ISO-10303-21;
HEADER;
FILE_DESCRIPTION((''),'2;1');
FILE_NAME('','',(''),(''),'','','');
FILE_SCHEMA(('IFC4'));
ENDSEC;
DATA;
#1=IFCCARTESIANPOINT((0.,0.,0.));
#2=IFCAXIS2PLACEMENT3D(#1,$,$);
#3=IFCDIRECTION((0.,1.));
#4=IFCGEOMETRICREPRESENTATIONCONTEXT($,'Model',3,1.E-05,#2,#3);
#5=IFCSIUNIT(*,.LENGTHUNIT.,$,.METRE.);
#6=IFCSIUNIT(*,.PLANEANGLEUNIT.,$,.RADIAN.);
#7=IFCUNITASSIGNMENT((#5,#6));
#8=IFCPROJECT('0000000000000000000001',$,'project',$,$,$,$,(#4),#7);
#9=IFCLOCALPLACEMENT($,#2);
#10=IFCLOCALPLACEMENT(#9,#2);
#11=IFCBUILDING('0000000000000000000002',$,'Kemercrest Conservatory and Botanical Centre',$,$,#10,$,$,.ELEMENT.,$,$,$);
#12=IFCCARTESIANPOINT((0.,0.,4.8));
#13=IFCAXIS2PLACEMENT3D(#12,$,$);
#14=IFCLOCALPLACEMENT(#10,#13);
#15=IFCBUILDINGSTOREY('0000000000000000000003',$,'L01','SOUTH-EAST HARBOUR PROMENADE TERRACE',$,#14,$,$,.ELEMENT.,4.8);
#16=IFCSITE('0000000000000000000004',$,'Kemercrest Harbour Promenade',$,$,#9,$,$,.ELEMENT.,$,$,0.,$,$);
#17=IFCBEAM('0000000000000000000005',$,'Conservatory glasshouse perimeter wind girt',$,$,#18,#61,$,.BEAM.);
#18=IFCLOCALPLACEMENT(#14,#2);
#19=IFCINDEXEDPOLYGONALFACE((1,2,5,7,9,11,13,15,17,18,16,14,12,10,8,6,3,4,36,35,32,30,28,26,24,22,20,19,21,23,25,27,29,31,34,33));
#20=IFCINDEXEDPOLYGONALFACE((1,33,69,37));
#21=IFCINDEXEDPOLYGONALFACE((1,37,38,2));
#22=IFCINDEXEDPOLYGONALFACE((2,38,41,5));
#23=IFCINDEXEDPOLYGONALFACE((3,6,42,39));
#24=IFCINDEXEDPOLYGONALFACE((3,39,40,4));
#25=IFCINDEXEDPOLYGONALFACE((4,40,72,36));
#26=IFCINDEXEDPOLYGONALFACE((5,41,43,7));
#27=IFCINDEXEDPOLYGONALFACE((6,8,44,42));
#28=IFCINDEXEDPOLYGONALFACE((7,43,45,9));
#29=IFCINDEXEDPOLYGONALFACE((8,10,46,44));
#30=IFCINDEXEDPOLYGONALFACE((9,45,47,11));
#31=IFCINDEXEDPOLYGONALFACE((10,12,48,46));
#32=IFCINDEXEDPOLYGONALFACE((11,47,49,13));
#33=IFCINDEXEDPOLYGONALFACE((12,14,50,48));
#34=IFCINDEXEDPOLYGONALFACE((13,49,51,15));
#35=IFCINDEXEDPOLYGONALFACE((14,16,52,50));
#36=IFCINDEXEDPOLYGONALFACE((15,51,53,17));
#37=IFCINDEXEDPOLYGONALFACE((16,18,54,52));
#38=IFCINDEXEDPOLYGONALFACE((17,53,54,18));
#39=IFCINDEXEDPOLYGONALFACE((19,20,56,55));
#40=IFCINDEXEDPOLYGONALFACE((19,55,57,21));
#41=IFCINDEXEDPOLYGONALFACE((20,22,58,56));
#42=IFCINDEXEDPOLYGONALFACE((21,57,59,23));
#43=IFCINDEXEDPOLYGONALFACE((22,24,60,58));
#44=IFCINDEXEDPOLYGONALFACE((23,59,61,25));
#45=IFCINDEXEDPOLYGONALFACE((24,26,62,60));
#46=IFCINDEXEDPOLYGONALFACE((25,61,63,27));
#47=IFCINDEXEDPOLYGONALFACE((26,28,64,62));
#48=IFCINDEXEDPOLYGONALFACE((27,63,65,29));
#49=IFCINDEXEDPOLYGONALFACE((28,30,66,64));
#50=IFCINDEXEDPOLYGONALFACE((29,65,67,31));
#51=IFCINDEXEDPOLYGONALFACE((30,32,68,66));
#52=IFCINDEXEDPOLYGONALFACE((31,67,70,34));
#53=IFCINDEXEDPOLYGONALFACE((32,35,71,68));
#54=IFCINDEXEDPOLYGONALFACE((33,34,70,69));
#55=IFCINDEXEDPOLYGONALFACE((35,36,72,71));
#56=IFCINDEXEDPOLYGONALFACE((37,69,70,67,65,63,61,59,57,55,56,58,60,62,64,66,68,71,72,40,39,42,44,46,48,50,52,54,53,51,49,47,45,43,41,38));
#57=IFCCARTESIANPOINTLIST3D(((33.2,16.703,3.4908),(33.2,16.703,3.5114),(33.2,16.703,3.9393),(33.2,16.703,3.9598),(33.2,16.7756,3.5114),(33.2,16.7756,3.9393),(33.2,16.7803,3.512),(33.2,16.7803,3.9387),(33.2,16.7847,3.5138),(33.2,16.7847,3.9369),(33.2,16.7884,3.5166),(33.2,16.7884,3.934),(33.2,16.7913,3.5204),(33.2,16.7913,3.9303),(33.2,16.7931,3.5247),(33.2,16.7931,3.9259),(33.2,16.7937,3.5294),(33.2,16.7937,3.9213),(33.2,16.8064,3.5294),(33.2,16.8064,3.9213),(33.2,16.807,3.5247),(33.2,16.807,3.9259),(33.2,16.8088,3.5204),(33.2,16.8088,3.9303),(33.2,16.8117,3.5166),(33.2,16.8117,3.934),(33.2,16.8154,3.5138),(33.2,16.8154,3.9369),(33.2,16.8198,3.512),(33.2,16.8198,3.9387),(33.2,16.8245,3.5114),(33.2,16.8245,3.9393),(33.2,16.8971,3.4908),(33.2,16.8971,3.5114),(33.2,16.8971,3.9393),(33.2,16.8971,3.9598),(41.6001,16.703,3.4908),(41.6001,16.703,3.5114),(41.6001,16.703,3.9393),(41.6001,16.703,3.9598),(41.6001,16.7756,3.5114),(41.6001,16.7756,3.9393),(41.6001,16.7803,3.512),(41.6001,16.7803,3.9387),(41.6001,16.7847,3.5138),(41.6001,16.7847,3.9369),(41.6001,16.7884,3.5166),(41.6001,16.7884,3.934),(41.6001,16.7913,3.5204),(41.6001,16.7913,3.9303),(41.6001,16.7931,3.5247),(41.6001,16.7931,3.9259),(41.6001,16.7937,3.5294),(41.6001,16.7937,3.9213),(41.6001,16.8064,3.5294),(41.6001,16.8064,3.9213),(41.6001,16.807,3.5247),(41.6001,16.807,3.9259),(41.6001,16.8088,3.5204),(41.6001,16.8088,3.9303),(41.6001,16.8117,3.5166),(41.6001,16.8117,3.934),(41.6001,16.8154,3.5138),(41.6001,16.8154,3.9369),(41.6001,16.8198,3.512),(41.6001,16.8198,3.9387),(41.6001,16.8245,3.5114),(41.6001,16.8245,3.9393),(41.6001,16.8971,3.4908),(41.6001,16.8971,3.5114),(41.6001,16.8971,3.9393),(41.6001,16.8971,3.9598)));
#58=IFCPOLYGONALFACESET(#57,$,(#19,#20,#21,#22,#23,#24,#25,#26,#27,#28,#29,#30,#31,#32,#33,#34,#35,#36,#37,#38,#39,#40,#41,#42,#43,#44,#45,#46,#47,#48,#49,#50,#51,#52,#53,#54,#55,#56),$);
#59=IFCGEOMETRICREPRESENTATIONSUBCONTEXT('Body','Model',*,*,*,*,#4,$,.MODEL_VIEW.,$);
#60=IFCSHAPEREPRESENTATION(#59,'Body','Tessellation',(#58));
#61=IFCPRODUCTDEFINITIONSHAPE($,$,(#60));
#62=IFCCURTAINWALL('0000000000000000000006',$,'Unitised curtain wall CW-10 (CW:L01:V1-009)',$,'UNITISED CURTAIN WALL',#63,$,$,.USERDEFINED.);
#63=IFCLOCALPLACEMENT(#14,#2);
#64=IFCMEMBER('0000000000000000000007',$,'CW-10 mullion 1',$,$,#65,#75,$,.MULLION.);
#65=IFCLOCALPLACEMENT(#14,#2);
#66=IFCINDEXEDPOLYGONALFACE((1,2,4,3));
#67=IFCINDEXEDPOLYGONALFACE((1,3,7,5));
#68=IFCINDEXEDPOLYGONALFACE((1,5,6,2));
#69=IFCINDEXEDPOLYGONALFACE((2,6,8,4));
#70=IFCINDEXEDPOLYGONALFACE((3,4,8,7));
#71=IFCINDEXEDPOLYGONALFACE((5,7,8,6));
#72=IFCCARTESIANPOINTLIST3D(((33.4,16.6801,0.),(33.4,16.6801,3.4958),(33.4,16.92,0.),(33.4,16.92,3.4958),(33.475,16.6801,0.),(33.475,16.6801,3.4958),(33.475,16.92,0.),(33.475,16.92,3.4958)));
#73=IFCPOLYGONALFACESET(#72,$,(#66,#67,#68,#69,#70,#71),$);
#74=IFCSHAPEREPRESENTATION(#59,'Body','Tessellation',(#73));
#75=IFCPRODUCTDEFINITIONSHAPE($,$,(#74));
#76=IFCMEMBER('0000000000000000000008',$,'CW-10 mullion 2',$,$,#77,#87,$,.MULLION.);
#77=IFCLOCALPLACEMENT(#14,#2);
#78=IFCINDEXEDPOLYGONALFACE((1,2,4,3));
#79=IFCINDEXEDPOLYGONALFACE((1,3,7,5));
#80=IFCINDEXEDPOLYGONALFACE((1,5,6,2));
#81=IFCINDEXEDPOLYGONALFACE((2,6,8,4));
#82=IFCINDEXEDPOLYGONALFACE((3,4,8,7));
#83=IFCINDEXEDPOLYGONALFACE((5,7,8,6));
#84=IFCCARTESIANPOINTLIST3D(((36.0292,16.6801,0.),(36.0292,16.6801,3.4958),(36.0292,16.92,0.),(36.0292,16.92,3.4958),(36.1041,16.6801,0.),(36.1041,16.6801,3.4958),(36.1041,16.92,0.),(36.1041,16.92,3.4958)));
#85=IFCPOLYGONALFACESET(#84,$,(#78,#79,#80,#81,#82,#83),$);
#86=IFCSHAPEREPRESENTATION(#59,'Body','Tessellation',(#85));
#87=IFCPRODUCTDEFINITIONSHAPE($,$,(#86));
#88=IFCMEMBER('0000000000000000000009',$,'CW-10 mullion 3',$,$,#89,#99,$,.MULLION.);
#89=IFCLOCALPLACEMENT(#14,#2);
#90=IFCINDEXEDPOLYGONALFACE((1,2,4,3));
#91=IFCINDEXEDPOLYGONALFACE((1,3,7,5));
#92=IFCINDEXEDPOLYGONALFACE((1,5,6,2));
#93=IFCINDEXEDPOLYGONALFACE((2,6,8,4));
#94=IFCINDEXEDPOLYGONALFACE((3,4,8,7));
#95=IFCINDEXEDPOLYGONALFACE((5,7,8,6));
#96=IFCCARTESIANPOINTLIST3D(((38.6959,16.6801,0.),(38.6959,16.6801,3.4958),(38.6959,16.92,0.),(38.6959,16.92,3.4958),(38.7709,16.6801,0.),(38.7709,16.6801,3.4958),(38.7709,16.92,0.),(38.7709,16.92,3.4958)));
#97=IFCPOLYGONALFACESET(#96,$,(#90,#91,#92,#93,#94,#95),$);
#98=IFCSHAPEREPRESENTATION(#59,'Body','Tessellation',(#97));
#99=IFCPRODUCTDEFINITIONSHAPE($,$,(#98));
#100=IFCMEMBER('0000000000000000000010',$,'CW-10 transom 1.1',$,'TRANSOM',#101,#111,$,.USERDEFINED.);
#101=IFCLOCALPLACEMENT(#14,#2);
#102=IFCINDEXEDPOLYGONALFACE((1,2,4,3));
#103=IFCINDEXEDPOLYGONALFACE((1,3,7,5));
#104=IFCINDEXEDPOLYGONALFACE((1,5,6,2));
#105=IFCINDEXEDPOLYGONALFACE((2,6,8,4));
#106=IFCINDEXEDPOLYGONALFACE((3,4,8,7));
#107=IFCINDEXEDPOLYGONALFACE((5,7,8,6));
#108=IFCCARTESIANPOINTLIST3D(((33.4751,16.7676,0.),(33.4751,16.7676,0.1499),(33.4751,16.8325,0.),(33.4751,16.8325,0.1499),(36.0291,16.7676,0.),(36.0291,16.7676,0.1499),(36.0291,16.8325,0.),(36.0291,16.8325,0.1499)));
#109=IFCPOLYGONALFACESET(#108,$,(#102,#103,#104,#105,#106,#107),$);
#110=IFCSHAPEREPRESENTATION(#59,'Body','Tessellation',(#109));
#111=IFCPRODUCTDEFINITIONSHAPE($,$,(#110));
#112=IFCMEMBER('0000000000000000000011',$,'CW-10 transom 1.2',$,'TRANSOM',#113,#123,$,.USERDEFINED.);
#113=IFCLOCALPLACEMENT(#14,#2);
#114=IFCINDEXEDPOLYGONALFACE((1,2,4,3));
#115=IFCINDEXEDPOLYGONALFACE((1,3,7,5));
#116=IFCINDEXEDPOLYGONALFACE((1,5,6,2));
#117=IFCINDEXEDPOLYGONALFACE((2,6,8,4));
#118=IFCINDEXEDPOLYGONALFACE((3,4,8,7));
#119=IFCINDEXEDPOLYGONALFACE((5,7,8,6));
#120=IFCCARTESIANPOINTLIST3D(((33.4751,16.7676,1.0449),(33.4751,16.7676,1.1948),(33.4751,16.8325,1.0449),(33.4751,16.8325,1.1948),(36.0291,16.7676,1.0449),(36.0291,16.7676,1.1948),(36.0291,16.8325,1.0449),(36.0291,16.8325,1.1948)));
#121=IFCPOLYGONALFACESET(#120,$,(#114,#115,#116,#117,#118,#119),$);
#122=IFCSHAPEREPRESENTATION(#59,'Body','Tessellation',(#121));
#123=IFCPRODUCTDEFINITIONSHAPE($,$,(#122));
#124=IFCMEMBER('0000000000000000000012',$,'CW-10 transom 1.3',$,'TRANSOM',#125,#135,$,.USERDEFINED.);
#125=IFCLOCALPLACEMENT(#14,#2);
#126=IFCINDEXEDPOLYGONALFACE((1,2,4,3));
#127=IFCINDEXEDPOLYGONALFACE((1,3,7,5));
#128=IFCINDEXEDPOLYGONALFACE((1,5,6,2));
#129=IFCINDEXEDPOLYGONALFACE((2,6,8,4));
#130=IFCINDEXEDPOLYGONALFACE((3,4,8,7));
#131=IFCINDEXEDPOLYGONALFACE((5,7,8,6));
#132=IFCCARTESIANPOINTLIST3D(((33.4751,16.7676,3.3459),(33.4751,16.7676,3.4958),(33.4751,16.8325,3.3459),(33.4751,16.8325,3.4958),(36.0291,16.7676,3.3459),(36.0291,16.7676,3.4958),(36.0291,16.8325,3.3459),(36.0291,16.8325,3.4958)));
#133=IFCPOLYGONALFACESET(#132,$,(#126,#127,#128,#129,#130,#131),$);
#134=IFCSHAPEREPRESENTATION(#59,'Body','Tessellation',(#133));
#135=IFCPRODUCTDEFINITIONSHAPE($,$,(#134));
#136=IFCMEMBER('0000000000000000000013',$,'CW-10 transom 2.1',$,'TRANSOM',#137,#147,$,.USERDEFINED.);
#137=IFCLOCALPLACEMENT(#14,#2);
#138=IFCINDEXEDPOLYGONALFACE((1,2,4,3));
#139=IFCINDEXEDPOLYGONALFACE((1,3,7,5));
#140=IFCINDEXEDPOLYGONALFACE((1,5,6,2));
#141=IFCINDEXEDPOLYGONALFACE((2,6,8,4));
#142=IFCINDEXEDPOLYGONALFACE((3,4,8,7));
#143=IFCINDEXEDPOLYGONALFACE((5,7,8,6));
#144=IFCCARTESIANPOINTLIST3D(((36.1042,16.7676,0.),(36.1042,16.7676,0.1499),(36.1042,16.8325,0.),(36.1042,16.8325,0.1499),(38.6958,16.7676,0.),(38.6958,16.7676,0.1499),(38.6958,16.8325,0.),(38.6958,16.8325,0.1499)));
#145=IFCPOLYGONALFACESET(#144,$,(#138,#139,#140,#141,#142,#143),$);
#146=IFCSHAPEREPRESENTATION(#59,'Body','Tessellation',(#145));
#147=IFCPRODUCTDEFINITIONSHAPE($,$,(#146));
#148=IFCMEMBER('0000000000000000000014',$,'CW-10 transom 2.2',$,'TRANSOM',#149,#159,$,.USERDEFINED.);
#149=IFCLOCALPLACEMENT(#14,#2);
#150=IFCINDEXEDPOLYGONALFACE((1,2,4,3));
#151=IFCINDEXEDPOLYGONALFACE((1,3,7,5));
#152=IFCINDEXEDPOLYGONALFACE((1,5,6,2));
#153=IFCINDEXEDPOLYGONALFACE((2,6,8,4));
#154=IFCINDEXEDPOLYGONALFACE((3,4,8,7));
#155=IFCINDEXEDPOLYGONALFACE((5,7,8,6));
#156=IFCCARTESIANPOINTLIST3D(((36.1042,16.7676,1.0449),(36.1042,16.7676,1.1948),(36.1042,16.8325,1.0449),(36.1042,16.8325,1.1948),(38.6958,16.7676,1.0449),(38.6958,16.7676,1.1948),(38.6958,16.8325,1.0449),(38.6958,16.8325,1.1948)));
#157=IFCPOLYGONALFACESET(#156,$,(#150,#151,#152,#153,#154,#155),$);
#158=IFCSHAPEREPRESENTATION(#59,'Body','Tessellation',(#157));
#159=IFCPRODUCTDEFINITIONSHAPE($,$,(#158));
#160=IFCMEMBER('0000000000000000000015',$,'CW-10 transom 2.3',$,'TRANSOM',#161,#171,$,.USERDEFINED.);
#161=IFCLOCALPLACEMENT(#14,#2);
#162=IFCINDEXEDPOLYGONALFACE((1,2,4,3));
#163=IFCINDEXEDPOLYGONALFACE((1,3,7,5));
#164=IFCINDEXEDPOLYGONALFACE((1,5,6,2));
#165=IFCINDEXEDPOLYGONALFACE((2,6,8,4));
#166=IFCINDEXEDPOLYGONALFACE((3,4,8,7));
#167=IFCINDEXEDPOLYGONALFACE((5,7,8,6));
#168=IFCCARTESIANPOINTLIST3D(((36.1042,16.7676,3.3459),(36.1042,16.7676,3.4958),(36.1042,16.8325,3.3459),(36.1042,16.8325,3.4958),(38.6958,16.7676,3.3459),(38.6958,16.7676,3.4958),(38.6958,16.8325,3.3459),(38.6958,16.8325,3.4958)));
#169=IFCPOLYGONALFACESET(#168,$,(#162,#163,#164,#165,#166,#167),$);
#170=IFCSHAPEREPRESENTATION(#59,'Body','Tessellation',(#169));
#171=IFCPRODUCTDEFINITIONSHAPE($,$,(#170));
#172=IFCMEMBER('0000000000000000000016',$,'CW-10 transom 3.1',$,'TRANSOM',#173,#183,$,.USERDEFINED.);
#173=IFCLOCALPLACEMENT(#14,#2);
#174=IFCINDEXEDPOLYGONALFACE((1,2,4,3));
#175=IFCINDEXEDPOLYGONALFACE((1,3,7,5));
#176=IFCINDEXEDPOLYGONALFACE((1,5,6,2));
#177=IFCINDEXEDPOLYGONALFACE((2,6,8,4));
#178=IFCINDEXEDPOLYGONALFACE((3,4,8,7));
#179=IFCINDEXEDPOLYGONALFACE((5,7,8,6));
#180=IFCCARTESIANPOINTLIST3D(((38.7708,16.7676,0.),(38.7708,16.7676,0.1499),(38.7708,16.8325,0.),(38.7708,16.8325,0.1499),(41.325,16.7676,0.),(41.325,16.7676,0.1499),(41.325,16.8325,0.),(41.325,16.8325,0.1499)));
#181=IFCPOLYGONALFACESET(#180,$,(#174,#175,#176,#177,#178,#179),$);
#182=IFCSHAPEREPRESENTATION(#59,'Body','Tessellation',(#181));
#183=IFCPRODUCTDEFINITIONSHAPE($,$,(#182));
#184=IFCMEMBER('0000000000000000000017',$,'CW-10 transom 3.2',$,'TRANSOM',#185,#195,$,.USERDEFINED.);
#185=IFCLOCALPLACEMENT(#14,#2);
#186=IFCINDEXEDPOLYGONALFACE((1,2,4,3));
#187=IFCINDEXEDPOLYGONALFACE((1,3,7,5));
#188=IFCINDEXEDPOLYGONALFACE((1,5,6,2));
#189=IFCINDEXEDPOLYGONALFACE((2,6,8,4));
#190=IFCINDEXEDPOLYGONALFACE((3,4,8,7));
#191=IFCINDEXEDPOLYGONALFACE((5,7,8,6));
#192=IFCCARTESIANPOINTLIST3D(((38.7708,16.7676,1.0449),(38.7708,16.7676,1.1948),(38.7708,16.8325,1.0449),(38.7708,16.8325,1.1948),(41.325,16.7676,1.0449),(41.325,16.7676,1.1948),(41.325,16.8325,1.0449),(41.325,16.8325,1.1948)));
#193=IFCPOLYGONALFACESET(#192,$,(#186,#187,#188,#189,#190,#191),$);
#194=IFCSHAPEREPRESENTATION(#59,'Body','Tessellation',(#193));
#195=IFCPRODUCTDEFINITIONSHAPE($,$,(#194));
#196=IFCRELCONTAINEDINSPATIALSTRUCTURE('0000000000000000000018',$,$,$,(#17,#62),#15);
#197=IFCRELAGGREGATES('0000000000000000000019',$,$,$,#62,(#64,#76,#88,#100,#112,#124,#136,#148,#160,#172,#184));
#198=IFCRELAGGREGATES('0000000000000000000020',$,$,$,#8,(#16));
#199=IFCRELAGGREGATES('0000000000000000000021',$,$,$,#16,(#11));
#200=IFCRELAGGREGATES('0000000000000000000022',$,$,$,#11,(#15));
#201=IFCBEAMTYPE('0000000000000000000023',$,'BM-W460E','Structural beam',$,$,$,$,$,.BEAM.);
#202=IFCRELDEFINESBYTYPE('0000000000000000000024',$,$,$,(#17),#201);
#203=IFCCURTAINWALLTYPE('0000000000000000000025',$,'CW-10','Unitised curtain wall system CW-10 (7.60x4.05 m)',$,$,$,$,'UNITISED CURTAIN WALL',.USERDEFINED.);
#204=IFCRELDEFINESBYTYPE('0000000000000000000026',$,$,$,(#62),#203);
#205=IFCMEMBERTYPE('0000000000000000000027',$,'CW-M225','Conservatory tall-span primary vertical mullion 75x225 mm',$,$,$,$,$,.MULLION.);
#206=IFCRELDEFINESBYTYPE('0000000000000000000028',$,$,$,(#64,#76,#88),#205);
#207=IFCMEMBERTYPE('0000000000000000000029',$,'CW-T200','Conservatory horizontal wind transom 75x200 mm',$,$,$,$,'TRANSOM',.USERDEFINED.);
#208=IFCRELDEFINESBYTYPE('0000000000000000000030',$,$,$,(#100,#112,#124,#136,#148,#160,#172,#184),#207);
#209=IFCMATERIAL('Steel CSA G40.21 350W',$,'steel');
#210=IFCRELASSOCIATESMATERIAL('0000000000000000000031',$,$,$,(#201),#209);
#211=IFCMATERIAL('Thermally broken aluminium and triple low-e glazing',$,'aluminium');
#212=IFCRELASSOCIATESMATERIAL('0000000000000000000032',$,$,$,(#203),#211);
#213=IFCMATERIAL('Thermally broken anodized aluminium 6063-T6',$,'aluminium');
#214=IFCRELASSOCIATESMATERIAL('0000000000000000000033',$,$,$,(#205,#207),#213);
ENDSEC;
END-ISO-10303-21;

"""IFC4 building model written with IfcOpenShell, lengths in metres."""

from ifc_helpers import new_model, si_unit, direction, frame, origin, origin_2d, place, context, subcontext, project, spatial, rectangle, i_section, extrude, material, material_profile, profile_set, type_object, element, aggregate, save


model = new_model("IFC4")

# Units and contexts
model_context = context("Model", 3, precision=1e-05, world=origin(), true_north=direction((0.0, 1.0)))
body_context = subcontext(model_context, "Body", "Model", "MODEL_VIEW")
ifc_project = project(units=[si_unit("LENGTHUNIT", "METRE"), si_unit("PLANEANGLEUNIT", "RADIAN")], contexts=[model_context])

# Site, building, storey
site_placement = place(None, origin())
site = spatial("IfcSite", under=ifc_project, at=site_placement, Name="Kemercrest Harbour Promenade", CompositionType="ELEMENT", RefElevation=0.0)
building_placement = place(site_placement, origin())
building = spatial("IfcBuilding", under=site, at=building_placement, Name="Kemercrest Conservatory and Botanical Centre", CompositionType="ELEMENT")
storey_placement = place(building_placement, frame((0.0, 0.0, 4.8)))
storey = spatial("IfcBuildingStorey", under=building, at=storey_placement, Name="L01", Description="SOUTH-EAST HARBOUR PROMENADE TERRACE", CompositionType="ELEMENT", Elevation=4.8)

# Shared definitions
ifc_material_1 = material(Name="Steel CSA G40.21 350W", Category="steel")

# Beam
ifc_material_profile_1 = material_profile(ifc_material_1, i_section(OverallWidth=0.1941, OverallDepth=0.469, WebThickness=0.0127, FlangeThickness=0.0205, FilletRadius=0.0181, at=origin_2d()), Name="W460X106")
ifc_profile_set_1 = profile_set([ifc_material_profile_1], Name="Steel CSA G40.21 350W")
beam_type = type_object("IfcBeamType", Name="BM-W460E", Description="Structural beam", PredefinedType="BEAM", material=ifc_profile_set_1)
beam_1_placement = place(storey_placement, frame((33.2, 16.8, 3.7253), z_axis=(1.0, 0.0, 0.0), x_axis=(0.0, 1.0, 0.0)))
element("IfcBeam", 1, at=beam_1_placement, inside=storey, type_object=beam_type, Name="Conservatory glasshouse perimeter wind girt", PredefinedType="BEAM", context=body_context, shape_type="SweptSolid", body=[
    extrude(i_section(OverallWidth=0.1941, OverallDepth=0.469, WebThickness=0.0127, FlangeThickness=0.0205, FilletRadius=0.0181, at=origin_2d()), origin(), (0.0, 0.0, 1.0), 8.4001),
])

# Curtain wall, members
ifc_material_2 = material(Name="Thermally broken aluminium and triple low-e glazing", Category="aluminium")
curtain_wall_type = type_object("IfcCurtainWallType", Name="CW-10", Description="Unitised curtain wall system CW-10 (7.60x4.05 m)", ElementType="UNITISED CURTAIN WALL", PredefinedType="USERDEFINED", material=ifc_material_2)
curtain_wall_placement = place(storey_placement, origin())
curtain_wall = element("IfcCurtainWall", 2, at=curtain_wall_placement, inside=storey, type_object=curtain_wall_type, Name="Unitised curtain wall CW-10 (CW:L01:V1-009)", ObjectType="UNITISED CURTAIN WALL", PredefinedType="USERDEFINED")
ifc_material_3 = material(Name="Thermally broken anodized aluminium 6063-T6", Category="aluminium")
ifc_material_profile_2 = material_profile(ifc_material_3, rectangle(XDim=0.24, YDim=0.075, at=origin_2d()), Name="AL MULLION 75x240")
ifc_profile_set_2 = profile_set([ifc_material_profile_2], Name="Thermally broken anodized aluminium 6063-T6")
member_type_1 = type_object("IfcMemberType", Name="CW-M225", Description="Conservatory tall-span primary vertical mullion 75x225 mm", PredefinedType="MULLION", material=ifc_profile_set_2)
member_1_placement = place(storey_placement, frame((33.4375, 16.8, 0.0), z_axis=(0.0, 0.0, 1.0), x_axis=(0.0, 1.0, 0.0)))
member_1 = element("IfcMember", 3, at=member_1_placement, type_object=member_type_1, Name="CW-10 mullion 1", PredefinedType="MULLION", context=body_context, shape_type="SweptSolid", body=[
    extrude(rectangle(XDim=0.24, YDim=0.075, at=origin_2d()), origin(), (0.0, 0.0, 1.0), 3.4958),
])
member_2_placement = place(storey_placement, frame((36.0667, 16.8, 0.0), z_axis=(0.0, 0.0, 1.0), x_axis=(0.0, 1.0, 0.0)))
member_2 = element("IfcMember", 4, at=member_2_placement, type_object=member_type_1, Name="CW-10 mullion 2", PredefinedType="MULLION", context=body_context, shape_type="SweptSolid", body=[
    extrude(rectangle(XDim=0.24, YDim=0.075, at=origin_2d()), origin(), (0.0, 0.0, 1.0), 3.4958),
])
member_3_placement = place(storey_placement, frame((38.7334, 16.8, 0.0), z_axis=(0.0, 0.0, 1.0), x_axis=(0.0, 1.0, 0.0)))
member_3 = element("IfcMember", 5, at=member_3_placement, type_object=member_type_1, Name="CW-10 mullion 3", PredefinedType="MULLION", context=body_context, shape_type="SweptSolid", body=[
    extrude(rectangle(XDim=0.24, YDim=0.075, at=origin_2d()), origin(), (0.0, 0.0, 1.0), 3.4958),
])
ifc_material_profile_3 = material_profile(ifc_material_3, rectangle(XDim=0.0649, YDim=0.1499, at=origin_2d()), Name="AL TRANSOM 65x150")
ifc_profile_set_3 = profile_set([ifc_material_profile_3], Name="Thermally broken anodized aluminium 6063-T6")
member_type_2 = type_object("IfcMemberType", Name="CW-T200", Description="Conservatory horizontal wind transom 75x200 mm", ElementType="TRANSOM", PredefinedType="USERDEFINED", material=ifc_profile_set_3)
member_4_placement = place(storey_placement, frame((33.4751, 16.8, 0.075), z_axis=(1.0, 0.0, 0.0), x_axis=(0.0, 1.0, 0.0)))
member_4 = element("IfcMember", 6, at=member_4_placement, type_object=member_type_2, Name="CW-10 transom 1.1", ObjectType="TRANSOM", PredefinedType="USERDEFINED", context=body_context, shape_type="SweptSolid", body=[
    extrude(rectangle(XDim=0.0649, YDim=0.1499, at=origin_2d()), origin(), (0.0, 0.0, 1.0), 2.554),
])
member_5_placement = place(storey_placement, frame((33.4751, 16.8, 1.1199), z_axis=(1.0, 0.0, 0.0), x_axis=(0.0, 1.0, 0.0)))
member_5 = element("IfcMember", 7, at=member_5_placement, type_object=member_type_2, Name="CW-10 transom 1.2", ObjectType="TRANSOM", PredefinedType="USERDEFINED", context=body_context, shape_type="SweptSolid", body=[
    extrude(rectangle(XDim=0.0649, YDim=0.1499, at=origin_2d()), origin(), (0.0, 0.0, 1.0), 2.554),
])
member_6_placement = place(storey_placement, frame((33.4751, 16.8, 3.4209), z_axis=(1.0, 0.0, 0.0), x_axis=(0.0, 1.0, 0.0)))
member_6 = element("IfcMember", 8, at=member_6_placement, type_object=member_type_2, Name="CW-10 transom 1.3", ObjectType="TRANSOM", PredefinedType="USERDEFINED", context=body_context, shape_type="SweptSolid", body=[
    extrude(rectangle(XDim=0.0649, YDim=0.1499, at=origin_2d()), origin(), (0.0, 0.0, 1.0), 2.554),
])
member_7_placement = place(storey_placement, frame((36.1042, 16.8, 0.075), z_axis=(1.0, 0.0, 0.0), x_axis=(0.0, 1.0, 0.0)))
member_7 = element("IfcMember", 9, at=member_7_placement, type_object=member_type_2, Name="CW-10 transom 2.1", ObjectType="TRANSOM", PredefinedType="USERDEFINED", context=body_context, shape_type="SweptSolid", body=[
    extrude(rectangle(XDim=0.0649, YDim=0.1499, at=origin_2d()), origin(), (0.0, 0.0, 1.0), 2.5916),
])
member_8_placement = place(storey_placement, frame((36.1042, 16.8, 1.1199), z_axis=(1.0, 0.0, 0.0), x_axis=(0.0, 1.0, 0.0)))
member_8 = element("IfcMember", 10, at=member_8_placement, type_object=member_type_2, Name="CW-10 transom 2.2", ObjectType="TRANSOM", PredefinedType="USERDEFINED", context=body_context, shape_type="SweptSolid", body=[
    extrude(rectangle(XDim=0.0649, YDim=0.1499, at=origin_2d()), origin(), (0.0, 0.0, 1.0), 2.5916),
])
member_9_placement = place(storey_placement, frame((36.1042, 16.8, 3.4209), z_axis=(1.0, 0.0, 0.0), x_axis=(0.0, 1.0, 0.0)))
member_9 = element("IfcMember", 11, at=member_9_placement, type_object=member_type_2, Name="CW-10 transom 2.3", ObjectType="TRANSOM", PredefinedType="USERDEFINED", context=body_context, shape_type="SweptSolid", body=[
    extrude(rectangle(XDim=0.0649, YDim=0.1499, at=origin_2d()), origin(), (0.0, 0.0, 1.0), 2.5916),
])
member_10_placement = place(storey_placement, frame((38.7708, 16.8, 0.075), z_axis=(1.0, 0.0, 0.0), x_axis=(0.0, 1.0, 0.0)))
member_10 = element("IfcMember", 12, at=member_10_placement, type_object=member_type_2, Name="CW-10 transom 3.1", ObjectType="TRANSOM", PredefinedType="USERDEFINED", context=body_context, shape_type="SweptSolid", body=[
    extrude(rectangle(XDim=0.0649, YDim=0.1499, at=origin_2d()), origin(), (0.0, 0.0, 1.0), 2.5542),
])
member_11_placement = place(storey_placement, frame((38.7708, 16.8, 1.1199), z_axis=(1.0, 0.0, 0.0), x_axis=(0.0, 1.0, 0.0)))
member_11 = element("IfcMember", 13, at=member_11_placement, type_object=member_type_2, Name="CW-10 transom 3.2", ObjectType="TRANSOM", PredefinedType="USERDEFINED", context=body_context, shape_type="SweptSolid", body=[
    extrude(rectangle(XDim=0.0649, YDim=0.1499, at=origin_2d()), origin(), (0.0, 0.0, 1.0), 2.5542),
])
aggregate(curtain_wall, [member_1, member_2, member_3, member_4, member_5, member_6, member_7, member_8, member_9, member_10, member_11])

save(model, "model.ifc")
